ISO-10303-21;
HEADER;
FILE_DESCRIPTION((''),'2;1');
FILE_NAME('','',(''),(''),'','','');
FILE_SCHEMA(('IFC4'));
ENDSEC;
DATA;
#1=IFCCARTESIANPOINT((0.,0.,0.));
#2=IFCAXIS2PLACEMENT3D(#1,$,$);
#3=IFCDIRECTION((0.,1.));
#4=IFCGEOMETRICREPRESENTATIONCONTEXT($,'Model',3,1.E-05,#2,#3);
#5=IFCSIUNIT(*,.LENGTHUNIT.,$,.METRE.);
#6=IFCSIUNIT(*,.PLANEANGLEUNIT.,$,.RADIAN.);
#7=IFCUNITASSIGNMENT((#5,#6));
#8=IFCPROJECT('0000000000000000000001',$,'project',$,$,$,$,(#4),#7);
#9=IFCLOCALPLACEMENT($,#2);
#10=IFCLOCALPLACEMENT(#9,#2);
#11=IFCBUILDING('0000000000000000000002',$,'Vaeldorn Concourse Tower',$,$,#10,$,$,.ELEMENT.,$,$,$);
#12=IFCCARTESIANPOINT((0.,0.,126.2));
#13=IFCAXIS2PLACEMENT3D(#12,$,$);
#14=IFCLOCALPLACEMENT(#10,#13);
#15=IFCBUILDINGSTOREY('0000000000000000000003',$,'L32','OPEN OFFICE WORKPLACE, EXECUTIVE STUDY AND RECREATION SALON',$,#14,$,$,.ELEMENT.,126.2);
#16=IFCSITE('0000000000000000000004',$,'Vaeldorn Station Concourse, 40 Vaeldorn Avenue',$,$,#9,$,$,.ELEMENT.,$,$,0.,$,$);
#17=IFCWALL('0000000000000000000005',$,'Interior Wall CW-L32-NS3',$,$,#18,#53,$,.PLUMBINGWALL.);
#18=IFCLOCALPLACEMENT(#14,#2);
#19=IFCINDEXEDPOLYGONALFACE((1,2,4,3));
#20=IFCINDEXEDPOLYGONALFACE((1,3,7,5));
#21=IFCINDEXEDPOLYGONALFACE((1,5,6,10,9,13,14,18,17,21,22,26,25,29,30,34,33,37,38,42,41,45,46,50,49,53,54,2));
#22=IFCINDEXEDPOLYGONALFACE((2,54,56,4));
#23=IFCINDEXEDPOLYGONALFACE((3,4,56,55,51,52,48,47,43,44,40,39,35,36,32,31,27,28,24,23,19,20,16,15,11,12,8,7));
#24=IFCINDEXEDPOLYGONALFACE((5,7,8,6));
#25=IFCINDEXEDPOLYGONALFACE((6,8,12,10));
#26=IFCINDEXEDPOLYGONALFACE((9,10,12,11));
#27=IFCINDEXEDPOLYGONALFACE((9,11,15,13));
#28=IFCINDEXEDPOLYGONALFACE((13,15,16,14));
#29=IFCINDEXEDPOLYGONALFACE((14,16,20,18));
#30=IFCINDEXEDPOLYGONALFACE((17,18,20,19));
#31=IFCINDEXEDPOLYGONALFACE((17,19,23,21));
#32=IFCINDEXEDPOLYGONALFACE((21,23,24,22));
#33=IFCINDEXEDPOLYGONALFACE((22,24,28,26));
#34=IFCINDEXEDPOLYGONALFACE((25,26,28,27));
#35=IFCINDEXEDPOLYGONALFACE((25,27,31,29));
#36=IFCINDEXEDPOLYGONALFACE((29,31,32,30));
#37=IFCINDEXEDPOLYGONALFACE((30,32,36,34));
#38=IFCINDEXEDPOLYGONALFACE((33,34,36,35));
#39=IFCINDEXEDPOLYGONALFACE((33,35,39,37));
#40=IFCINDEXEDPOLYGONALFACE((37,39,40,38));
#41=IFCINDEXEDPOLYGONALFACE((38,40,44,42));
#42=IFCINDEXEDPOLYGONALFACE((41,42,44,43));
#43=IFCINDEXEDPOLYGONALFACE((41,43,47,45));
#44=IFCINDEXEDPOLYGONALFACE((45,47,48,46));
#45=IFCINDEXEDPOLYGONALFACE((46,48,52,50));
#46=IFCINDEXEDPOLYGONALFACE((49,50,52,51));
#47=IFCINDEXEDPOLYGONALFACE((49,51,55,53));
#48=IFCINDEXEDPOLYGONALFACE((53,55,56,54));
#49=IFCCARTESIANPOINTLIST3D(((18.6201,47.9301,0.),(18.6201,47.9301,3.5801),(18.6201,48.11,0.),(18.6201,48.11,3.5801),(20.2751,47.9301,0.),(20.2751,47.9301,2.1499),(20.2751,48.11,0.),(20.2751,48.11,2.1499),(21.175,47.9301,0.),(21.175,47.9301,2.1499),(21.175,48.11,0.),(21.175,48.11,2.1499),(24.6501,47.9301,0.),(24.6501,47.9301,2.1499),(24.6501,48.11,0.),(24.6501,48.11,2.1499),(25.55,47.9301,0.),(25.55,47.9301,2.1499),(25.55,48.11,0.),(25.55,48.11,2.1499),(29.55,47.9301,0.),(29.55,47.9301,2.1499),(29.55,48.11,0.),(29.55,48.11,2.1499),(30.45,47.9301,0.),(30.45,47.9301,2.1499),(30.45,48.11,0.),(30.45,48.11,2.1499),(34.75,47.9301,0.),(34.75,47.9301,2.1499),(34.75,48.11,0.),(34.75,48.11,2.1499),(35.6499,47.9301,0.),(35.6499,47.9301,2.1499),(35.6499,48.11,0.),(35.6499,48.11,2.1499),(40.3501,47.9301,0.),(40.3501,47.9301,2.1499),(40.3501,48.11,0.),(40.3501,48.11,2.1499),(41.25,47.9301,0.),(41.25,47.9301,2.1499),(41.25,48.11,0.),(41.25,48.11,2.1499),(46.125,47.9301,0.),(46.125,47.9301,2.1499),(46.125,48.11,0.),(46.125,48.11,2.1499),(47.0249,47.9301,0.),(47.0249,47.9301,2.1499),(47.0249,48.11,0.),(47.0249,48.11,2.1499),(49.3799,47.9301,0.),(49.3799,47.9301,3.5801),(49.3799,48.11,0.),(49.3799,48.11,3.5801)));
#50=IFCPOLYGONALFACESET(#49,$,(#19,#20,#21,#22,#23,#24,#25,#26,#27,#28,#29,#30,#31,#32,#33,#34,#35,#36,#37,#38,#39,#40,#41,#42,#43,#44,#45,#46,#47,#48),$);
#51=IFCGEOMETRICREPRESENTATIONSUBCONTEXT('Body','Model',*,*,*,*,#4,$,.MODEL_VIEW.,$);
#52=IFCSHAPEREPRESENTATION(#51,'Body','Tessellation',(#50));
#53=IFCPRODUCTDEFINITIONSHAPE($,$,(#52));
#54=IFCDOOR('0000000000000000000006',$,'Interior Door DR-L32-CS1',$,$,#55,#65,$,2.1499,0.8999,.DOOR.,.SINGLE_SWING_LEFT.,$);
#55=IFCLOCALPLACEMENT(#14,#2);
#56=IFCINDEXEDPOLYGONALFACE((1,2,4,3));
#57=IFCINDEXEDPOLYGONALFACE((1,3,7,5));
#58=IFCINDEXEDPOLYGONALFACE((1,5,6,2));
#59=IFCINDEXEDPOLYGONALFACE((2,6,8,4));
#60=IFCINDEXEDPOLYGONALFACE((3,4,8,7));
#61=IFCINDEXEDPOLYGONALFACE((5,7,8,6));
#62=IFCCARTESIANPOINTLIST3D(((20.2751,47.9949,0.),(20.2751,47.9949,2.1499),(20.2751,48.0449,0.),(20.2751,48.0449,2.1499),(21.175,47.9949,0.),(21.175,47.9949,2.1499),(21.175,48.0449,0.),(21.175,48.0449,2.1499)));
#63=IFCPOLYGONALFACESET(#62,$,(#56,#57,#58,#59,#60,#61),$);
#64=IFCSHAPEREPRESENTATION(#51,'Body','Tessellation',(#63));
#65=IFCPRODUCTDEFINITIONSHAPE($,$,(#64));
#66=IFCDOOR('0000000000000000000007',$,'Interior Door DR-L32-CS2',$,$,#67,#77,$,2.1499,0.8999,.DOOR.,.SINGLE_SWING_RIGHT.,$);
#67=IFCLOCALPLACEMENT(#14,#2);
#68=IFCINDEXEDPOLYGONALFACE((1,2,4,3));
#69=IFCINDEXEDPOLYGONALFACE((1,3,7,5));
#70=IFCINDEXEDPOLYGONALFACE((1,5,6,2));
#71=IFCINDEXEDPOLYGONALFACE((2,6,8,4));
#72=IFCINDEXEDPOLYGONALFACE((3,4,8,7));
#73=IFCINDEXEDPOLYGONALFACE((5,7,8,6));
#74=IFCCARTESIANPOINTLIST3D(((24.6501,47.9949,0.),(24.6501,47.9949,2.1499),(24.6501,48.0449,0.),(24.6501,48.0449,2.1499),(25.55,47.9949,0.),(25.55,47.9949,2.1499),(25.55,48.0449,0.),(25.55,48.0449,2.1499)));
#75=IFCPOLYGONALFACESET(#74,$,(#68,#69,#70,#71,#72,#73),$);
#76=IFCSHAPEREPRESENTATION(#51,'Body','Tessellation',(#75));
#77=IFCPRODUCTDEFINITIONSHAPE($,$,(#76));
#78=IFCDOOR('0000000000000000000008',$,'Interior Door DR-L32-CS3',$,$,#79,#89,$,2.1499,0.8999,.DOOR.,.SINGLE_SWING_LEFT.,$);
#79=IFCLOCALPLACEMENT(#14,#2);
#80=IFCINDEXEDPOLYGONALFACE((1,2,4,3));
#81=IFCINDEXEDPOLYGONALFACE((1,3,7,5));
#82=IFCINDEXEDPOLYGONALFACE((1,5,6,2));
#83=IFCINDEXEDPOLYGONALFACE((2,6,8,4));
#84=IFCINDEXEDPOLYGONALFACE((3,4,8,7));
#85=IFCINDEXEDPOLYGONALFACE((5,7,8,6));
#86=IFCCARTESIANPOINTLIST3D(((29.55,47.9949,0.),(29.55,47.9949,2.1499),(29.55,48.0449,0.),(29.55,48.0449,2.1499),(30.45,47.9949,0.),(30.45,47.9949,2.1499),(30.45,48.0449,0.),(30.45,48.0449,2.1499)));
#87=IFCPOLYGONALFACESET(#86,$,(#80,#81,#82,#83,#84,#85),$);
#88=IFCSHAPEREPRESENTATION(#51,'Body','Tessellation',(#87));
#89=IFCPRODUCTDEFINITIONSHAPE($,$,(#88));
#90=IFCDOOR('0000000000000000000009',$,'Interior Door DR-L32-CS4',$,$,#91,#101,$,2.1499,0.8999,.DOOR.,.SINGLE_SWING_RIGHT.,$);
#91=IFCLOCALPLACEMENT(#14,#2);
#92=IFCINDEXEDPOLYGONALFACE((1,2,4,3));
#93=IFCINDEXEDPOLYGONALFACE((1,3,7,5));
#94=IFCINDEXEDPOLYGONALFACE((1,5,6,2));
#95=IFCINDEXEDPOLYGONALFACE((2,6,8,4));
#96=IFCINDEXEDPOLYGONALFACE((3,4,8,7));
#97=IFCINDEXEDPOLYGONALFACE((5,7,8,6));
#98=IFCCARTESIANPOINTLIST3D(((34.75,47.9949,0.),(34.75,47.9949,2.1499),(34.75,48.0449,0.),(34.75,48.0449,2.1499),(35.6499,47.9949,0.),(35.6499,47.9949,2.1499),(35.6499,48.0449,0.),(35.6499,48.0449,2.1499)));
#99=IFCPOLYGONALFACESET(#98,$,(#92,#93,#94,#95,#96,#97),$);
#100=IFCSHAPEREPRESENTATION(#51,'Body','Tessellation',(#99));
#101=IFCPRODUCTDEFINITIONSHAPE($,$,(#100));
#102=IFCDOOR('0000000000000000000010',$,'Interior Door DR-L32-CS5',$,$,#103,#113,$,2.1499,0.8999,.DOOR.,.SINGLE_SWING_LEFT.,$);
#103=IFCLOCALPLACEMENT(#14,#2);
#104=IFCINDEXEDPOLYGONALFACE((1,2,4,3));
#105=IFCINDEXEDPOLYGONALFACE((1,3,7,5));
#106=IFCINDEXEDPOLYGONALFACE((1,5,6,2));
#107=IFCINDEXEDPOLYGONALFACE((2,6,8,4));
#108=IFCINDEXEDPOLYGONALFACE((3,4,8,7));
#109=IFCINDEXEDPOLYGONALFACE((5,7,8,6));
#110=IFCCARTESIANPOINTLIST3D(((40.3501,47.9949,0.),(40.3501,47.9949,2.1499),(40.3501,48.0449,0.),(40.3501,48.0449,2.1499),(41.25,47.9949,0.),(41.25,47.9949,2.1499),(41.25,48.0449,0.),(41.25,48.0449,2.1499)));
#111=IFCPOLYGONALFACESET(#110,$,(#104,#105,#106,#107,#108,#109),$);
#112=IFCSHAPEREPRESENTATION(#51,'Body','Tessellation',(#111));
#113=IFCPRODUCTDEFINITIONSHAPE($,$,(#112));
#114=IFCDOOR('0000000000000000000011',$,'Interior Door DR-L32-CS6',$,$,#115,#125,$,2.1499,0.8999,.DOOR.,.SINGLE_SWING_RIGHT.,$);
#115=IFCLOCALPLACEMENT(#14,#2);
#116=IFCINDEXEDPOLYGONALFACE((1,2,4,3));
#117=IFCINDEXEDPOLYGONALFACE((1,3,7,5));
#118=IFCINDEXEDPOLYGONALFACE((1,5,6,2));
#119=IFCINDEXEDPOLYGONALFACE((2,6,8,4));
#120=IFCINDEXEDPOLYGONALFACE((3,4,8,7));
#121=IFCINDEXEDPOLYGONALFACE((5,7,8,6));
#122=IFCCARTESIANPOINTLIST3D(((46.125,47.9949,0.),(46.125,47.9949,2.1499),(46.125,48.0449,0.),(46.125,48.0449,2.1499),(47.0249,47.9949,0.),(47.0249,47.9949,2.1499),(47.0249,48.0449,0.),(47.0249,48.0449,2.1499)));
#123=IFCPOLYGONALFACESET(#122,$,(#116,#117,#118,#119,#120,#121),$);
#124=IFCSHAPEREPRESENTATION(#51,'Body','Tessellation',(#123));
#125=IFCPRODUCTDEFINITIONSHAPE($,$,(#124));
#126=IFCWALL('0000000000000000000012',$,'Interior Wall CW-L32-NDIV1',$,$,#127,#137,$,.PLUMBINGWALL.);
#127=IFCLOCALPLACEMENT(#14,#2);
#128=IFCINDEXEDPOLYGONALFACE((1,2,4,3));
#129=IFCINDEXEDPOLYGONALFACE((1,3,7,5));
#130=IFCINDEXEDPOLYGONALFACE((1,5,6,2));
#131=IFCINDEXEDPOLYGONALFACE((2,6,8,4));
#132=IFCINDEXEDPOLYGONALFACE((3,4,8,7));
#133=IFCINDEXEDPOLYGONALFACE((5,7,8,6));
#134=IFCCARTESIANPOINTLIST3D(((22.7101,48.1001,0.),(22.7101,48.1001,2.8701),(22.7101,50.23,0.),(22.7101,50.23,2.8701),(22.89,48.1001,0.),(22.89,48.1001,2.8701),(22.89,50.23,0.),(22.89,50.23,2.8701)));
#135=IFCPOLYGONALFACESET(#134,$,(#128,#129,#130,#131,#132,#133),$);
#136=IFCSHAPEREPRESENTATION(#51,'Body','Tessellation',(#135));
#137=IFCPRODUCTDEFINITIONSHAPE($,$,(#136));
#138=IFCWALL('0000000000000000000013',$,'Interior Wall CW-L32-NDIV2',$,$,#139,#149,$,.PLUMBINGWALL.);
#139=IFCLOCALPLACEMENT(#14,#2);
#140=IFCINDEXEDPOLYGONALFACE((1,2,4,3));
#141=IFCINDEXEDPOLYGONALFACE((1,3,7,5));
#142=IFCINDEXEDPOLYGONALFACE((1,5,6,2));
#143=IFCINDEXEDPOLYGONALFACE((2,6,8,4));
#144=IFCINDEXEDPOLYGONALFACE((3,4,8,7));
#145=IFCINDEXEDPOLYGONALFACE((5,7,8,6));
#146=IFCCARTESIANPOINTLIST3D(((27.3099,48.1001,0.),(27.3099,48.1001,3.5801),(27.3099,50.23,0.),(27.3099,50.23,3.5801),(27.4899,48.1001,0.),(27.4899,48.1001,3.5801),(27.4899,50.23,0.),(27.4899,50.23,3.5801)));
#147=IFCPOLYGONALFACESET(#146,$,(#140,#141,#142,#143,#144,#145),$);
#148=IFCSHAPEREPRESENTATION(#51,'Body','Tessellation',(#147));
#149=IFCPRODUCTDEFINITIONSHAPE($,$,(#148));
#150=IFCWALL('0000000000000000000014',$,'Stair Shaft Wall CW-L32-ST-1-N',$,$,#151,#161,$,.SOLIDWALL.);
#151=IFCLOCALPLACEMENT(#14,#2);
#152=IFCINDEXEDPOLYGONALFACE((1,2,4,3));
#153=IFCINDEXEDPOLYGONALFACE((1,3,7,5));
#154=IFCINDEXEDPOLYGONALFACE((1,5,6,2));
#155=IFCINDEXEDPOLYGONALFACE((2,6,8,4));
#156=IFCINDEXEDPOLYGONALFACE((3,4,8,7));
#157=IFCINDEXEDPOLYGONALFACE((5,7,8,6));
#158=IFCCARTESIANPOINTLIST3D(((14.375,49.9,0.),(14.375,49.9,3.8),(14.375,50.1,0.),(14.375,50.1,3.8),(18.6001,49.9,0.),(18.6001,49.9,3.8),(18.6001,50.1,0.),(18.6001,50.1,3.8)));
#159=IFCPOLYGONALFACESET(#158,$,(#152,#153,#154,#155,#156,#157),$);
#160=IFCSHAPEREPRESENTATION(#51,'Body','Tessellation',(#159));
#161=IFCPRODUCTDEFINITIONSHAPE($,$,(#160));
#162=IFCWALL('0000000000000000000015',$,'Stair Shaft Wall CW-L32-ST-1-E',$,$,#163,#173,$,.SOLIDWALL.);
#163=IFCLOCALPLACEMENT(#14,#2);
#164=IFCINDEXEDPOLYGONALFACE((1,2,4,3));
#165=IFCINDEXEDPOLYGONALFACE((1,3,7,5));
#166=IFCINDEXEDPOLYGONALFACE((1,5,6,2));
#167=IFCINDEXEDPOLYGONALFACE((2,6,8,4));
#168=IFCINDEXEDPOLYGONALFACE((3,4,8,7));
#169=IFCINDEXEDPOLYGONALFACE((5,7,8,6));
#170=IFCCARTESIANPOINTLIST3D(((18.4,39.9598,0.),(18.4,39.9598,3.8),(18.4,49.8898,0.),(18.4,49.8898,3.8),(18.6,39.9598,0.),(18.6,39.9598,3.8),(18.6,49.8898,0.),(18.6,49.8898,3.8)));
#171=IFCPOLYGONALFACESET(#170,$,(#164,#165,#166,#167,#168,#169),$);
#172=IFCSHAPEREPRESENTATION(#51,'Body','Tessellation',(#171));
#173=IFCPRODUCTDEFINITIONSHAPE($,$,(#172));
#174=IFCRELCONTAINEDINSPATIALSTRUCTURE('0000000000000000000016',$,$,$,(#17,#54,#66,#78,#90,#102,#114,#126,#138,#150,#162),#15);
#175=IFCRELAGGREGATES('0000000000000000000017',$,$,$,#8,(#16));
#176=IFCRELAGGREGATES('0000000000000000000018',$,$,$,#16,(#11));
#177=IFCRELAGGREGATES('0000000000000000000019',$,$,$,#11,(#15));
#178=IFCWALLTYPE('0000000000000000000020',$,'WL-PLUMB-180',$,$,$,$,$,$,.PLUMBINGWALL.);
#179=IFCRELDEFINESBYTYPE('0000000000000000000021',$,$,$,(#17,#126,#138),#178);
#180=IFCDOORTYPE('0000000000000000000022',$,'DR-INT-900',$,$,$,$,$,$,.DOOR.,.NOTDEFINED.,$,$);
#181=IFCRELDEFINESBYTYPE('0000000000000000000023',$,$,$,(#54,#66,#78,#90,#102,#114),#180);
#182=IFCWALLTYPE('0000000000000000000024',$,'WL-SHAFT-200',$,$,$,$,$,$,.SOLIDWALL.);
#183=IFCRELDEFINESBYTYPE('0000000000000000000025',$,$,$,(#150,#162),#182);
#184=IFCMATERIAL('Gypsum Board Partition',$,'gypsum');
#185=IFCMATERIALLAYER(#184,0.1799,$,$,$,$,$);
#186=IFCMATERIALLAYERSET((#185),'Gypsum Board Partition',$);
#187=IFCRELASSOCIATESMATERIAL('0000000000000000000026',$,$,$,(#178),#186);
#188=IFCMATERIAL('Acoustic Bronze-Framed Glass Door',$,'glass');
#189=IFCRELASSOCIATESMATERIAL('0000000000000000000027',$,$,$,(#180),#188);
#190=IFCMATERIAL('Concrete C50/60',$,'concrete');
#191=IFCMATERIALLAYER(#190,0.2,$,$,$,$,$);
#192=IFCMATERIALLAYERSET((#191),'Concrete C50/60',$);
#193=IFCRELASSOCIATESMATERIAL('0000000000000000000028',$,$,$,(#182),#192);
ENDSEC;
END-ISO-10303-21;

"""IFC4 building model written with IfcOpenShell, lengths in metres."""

from ifc_helpers import new_model, si_unit, direction, frame, frame_2d, origin, place, context, subcontext, project, spatial, rectangle, extrude, source, transform, mapped, material, layer, layer_set, type_object, element, fill, save


model = new_model("IFC4")

# Units and contexts
model_context = context("Model", 3, precision=1e-05, world=origin(), true_north=direction((0.0, 1.0)))
body_context = subcontext(model_context, "Body", "Model", "MODEL_VIEW")
ifc_project = project(units=[si_unit("LENGTHUNIT", "METRE"), si_unit("PLANEANGLEUNIT", "RADIAN")], contexts=[model_context])

# Site, building, storey
site_placement = place(None, origin())
site = spatial("IfcSite", under=ifc_project, at=site_placement, Name="Vaeldorn Station Concourse, 40 Vaeldorn Avenue", CompositionType="ELEMENT", RefElevation=0.0)
building_placement = place(site_placement, origin())
building = spatial("IfcBuilding", under=site, at=building_placement, Name="Vaeldorn Concourse Tower", CompositionType="ELEMENT")
storey_placement = place(building_placement, frame((0.0, 0.0, 126.2)))
storey = spatial("IfcBuildingStorey", under=building, at=storey_placement, Name="L32", Description="OPEN OFFICE WORKPLACE, EXECUTIVE STUDY AND RECREATION SALON", CompositionType="ELEMENT", Elevation=126.2)

# Shared definitions
ifc_material_1 = material(Name="Gypsum Board Partition", Category="gypsum")

# Wall, openings, doors
ifc_layer_1 = layer(ifc_material_1, 0.1799)
ifc_layer_set_1 = layer_set([ifc_layer_1], Name="Gypsum Board Partition")
wall_type_1 = type_object("IfcWallType", Name="WL-PLUMB-180", PredefinedType="PLUMBINGWALL", material=ifc_layer_set_1)
wall_1_placement = place(storey_placement, frame((18.6201, 48.02, 0.0), z_axis=(0.0, 0.0, 1.0), x_axis=(1.0, 0.0, 0.0)))
wall_1 = element("IfcWall", 1, at=wall_1_placement, inside=storey, type_object=wall_type_1, Name="Interior Wall CW-L32-NS3", PredefinedType="PLUMBINGWALL", context=body_context, shape_type="SweptSolid", body=[
    extrude(rectangle(XDim=30.7598, YDim=0.1799, at=frame_2d((15.3799, 0.0))), origin(), (0.0, 0.0, 1.0), 3.5801),
])
opening_1_placement = place(wall_1_placement, frame((1.655, 0.0, 0.0)))
opening_1 = element("IfcOpeningElement", 2, at=opening_1_placement, cuts=wall_1, PredefinedType="OPENING", context=body_context, shape_type="SweptSolid", body=[
    extrude(rectangle(XDim=0.8999, YDim=2.1499, at=frame_2d((0.45, 1.075))), frame((0.0, 0.1001, 0.0), z_axis=(0.0, -1.0, 0.0), x_axis=(1.0, 0.0, 0.0)), (0.0, 0.0, 1.0), 0.2),
])
opening_2_placement = place(wall_1_placement, frame((6.03, 0.0, 0.0)))
opening_2 = element("IfcOpeningElement", 3, at=opening_2_placement, cuts=wall_1, PredefinedType="OPENING", context=body_context, shape_type="SweptSolid", body=[
    extrude(rectangle(XDim=0.8999, YDim=2.1499, at=frame_2d((0.45, 1.075))), frame((0.0, 0.1001, 0.0), z_axis=(0.0, -1.0, 0.0), x_axis=(1.0, 0.0, 0.0)), (0.0, 0.0, 1.0), 0.2),
])
opening_3_placement = place(wall_1_placement, frame((10.9299, 0.0, 0.0)))
opening_3 = element("IfcOpeningElement", 4, at=opening_3_placement, cuts=wall_1, PredefinedType="OPENING", context=body_context, shape_type="SweptSolid", body=[
    extrude(rectangle(XDim=0.8999, YDim=2.1499, at=frame_2d((0.45, 1.075))), frame((0.0, 0.1001, 0.0), z_axis=(0.0, -1.0, 0.0), x_axis=(1.0, 0.0, 0.0)), (0.0, 0.0, 1.0), 0.2),
])
opening_4_placement = place(wall_1_placement, frame((16.1299, 0.0, 0.0)))
opening_4 = element("IfcOpeningElement", 5, at=opening_4_placement, cuts=wall_1, PredefinedType="OPENING", context=body_context, shape_type="SweptSolid", body=[
    extrude(rectangle(XDim=0.8999, YDim=2.1499, at=frame_2d((0.45, 1.075))), frame((0.0, 0.1001, 0.0), z_axis=(0.0, -1.0, 0.0), x_axis=(1.0, 0.0, 0.0)), (0.0, 0.0, 1.0), 0.2),
])
opening_5_placement = place(wall_1_placement, frame((21.73, 0.0, 0.0)))
opening_5 = element("IfcOpeningElement", 6, at=opening_5_placement, cuts=wall_1, PredefinedType="OPENING", context=body_context, shape_type="SweptSolid", body=[
    extrude(rectangle(XDim=0.8999, YDim=2.1499, at=frame_2d((0.45, 1.075))), frame((0.0, 0.1001, 0.0), z_axis=(0.0, -1.0, 0.0), x_axis=(1.0, 0.0, 0.0)), (0.0, 0.0, 1.0), 0.2),
])
opening_6_placement = place(wall_1_placement, frame((27.5049, 0.0, 0.0)))
opening_6 = element("IfcOpeningElement", 7, at=opening_6_placement, cuts=wall_1, PredefinedType="OPENING", context=body_context, shape_type="SweptSolid", body=[
    extrude(rectangle(XDim=0.8999, YDim=2.1499, at=frame_2d((0.45, 1.075))), frame((0.0, 0.1001, 0.0), z_axis=(0.0, -1.0, 0.0), x_axis=(1.0, 0.0, 0.0)), (0.0, 0.0, 1.0), 0.2),
])
ifc_material_2 = material(Name="Acoustic Bronze-Framed Glass Door", Category="glass")
door_type_1 = type_object("IfcDoorType", Name="DR-INT-900", OperationType="NOTDEFINED", PredefinedType="DOOR", material=ifc_material_2)
shared_shape_1 = source(origin(), body_context, "Body", "SweptSolid", [
    extrude(rectangle(XDim=0.8999, YDim=2.1499, at=frame_2d((0.45, 1.075))), frame((0.0, 0.0249, 0.0), z_axis=(0.0, -1.0, 0.0), x_axis=(1.0, 0.0, 0.0)), (0.0, 0.0, 1.0), 0.05),
])
door_1_placement = place(opening_1_placement, origin())
door_1 = element("IfcDoor", 8, at=door_1_placement, inside=storey, type_object=door_type_1, Name="Interior Door DR-L32-CS1", OperationType="SINGLE_SWING_LEFT", OverallHeight=2.1499, OverallWidth=0.8999, PredefinedType="DOOR", context=body_context, shape_type="MappedRepresentation", body=[
    mapped(shared_shape_1, transform((0.0, 0.0, 0.0), scale=1.0)),
])
fill(opening_1, door_1)
door_2_placement = place(opening_2_placement, origin())
door_2 = element("IfcDoor", 9, at=door_2_placement, inside=storey, type_object=door_type_1, Name="Interior Door DR-L32-CS2", OperationType="SINGLE_SWING_RIGHT", OverallHeight=2.1499, OverallWidth=0.8999, PredefinedType="DOOR", context=body_context, shape_type="MappedRepresentation", body=[
    mapped(shared_shape_1, transform((0.0, 0.0, 0.0), scale=1.0)),
])
fill(opening_2, door_2)
door_3_placement = place(opening_3_placement, origin())
door_3 = element("IfcDoor", 10, at=door_3_placement, inside=storey, type_object=door_type_1, Name="Interior Door DR-L32-CS3", OperationType="SINGLE_SWING_LEFT", OverallHeight=2.1499, OverallWidth=0.8999, PredefinedType="DOOR", context=body_context, shape_type="MappedRepresentation", body=[
    mapped(shared_shape_1, transform((0.0, 0.0, 0.0), scale=1.0)),
])
fill(opening_3, door_3)
door_4_placement = place(opening_4_placement, origin())
door_4 = element("IfcDoor", 11, at=door_4_placement, inside=storey, type_object=door_type_1, Name="Interior Door DR-L32-CS4", OperationType="SINGLE_SWING_RIGHT", OverallHeight=2.1499, OverallWidth=0.8999, PredefinedType="DOOR", context=body_context, shape_type="MappedRepresentation", body=[
    mapped(shared_shape_1, transform((0.0, 0.0, 0.0), scale=1.0)),
])
fill(opening_4, door_4)
door_5_placement = place(opening_5_placement, origin())
door_5 = element("IfcDoor", 12, at=door_5_placement, inside=storey, type_object=door_type_1, Name="Interior Door DR-L32-CS5", OperationType="SINGLE_SWING_LEFT", OverallHeight=2.1499, OverallWidth=0.8999, PredefinedType="DOOR", context=body_context, shape_type="MappedRepresentation", body=[
    mapped(shared_shape_1, transform((0.0, 0.0, 0.0), scale=1.0)),
])
fill(opening_5, door_5)
door_6_placement = place(opening_6_placement, origin())
door_6 = element("IfcDoor", 13, at=door_6_placement, inside=storey, type_object=door_type_1, Name="Interior Door DR-L32-CS6", OperationType="SINGLE_SWING_RIGHT", OverallHeight=2.1499, OverallWidth=0.8999, PredefinedType="DOOR", context=body_context, shape_type="MappedRepresentation", body=[
    mapped(shared_shape_1, transform((0.0, 0.0, 0.0), scale=1.0)),
])
fill(opening_6, door_6)

# Walls
wall_2_placement = place(storey_placement, frame((22.8, 48.1001, 0.0), z_axis=(0.0, 0.0, 1.0), x_axis=(0.0, 1.0, 0.0)))
element("IfcWall", 14, at=wall_2_placement, inside=storey, type_object=wall_type_1, Name="Interior Wall CW-L32-NDIV1", PredefinedType="PLUMBINGWALL", context=body_context, shape_type="SweptSolid", body=[
    extrude(rectangle(XDim=2.1299, YDim=0.1799, at=frame_2d((1.0649, 0.0))), origin(), (0.0, 0.0, 1.0), 2.8701),
])
wall_3_placement = place(storey_placement, frame((27.3999, 48.1001, 0.0), z_axis=(0.0, 0.0, 1.0), x_axis=(0.0, 1.0, 0.0)))
element("IfcWall", 15, at=wall_3_placement, inside=storey, type_object=wall_type_1, Name="Interior Wall CW-L32-NDIV2", PredefinedType="PLUMBINGWALL", context=body_context, shape_type="SweptSolid", body=[
    extrude(rectangle(XDim=2.1299, YDim=0.1799, at=frame_2d((1.0649, 0.0))), origin(), (0.0, 0.0, 1.0), 3.5801),
])
ifc_material_3 = material(Name="Concrete C50/60", Category="concrete")
ifc_layer_2 = layer(ifc_material_3, 0.2)
ifc_layer_set_2 = layer_set([ifc_layer_2], Name="Concrete C50/60")
wall_type_2 = type_object("IfcWallType", Name="WL-SHAFT-200", PredefinedType="SOLIDWALL", material=ifc_layer_set_2)
wall_4_placement = place(storey_placement, frame((14.375, 50.0, 0.0), z_axis=(0.0, 0.0, 1.0), x_axis=(1.0, 0.0, 0.0)))
element("IfcWall", 16, at=wall_4_placement, inside=storey, type_object=wall_type_2, Name="Stair Shaft Wall CW-L32-ST-1-N", PredefinedType="SOLIDWALL", context=body_context, shape_type="SweptSolid", body=[
    extrude(rectangle(XDim=4.2251, YDim=0.2, at=frame_2d((2.1125, 0.0))), origin(), (0.0, 0.0, 1.0), 3.8),
])
wall_5_placement = place(storey_placement, frame((18.5, 39.96, 0.0), z_axis=(0.0, 0.0, 1.0), x_axis=(0.0, 1.0, 0.0)))
element("IfcWall", 17, at=wall_5_placement, inside=storey, type_object=wall_type_2, Name="Stair Shaft Wall CW-L32-ST-1-E", PredefinedType="SOLIDWALL", context=body_context, shape_type="SweptSolid", body=[
    extrude(rectangle(XDim=9.9299, YDim=0.2, at=frame_2d((4.9648, 0.0))), origin(), (0.0, 0.0, 1.0), 3.8),
])

save(model, "model.ifc")
